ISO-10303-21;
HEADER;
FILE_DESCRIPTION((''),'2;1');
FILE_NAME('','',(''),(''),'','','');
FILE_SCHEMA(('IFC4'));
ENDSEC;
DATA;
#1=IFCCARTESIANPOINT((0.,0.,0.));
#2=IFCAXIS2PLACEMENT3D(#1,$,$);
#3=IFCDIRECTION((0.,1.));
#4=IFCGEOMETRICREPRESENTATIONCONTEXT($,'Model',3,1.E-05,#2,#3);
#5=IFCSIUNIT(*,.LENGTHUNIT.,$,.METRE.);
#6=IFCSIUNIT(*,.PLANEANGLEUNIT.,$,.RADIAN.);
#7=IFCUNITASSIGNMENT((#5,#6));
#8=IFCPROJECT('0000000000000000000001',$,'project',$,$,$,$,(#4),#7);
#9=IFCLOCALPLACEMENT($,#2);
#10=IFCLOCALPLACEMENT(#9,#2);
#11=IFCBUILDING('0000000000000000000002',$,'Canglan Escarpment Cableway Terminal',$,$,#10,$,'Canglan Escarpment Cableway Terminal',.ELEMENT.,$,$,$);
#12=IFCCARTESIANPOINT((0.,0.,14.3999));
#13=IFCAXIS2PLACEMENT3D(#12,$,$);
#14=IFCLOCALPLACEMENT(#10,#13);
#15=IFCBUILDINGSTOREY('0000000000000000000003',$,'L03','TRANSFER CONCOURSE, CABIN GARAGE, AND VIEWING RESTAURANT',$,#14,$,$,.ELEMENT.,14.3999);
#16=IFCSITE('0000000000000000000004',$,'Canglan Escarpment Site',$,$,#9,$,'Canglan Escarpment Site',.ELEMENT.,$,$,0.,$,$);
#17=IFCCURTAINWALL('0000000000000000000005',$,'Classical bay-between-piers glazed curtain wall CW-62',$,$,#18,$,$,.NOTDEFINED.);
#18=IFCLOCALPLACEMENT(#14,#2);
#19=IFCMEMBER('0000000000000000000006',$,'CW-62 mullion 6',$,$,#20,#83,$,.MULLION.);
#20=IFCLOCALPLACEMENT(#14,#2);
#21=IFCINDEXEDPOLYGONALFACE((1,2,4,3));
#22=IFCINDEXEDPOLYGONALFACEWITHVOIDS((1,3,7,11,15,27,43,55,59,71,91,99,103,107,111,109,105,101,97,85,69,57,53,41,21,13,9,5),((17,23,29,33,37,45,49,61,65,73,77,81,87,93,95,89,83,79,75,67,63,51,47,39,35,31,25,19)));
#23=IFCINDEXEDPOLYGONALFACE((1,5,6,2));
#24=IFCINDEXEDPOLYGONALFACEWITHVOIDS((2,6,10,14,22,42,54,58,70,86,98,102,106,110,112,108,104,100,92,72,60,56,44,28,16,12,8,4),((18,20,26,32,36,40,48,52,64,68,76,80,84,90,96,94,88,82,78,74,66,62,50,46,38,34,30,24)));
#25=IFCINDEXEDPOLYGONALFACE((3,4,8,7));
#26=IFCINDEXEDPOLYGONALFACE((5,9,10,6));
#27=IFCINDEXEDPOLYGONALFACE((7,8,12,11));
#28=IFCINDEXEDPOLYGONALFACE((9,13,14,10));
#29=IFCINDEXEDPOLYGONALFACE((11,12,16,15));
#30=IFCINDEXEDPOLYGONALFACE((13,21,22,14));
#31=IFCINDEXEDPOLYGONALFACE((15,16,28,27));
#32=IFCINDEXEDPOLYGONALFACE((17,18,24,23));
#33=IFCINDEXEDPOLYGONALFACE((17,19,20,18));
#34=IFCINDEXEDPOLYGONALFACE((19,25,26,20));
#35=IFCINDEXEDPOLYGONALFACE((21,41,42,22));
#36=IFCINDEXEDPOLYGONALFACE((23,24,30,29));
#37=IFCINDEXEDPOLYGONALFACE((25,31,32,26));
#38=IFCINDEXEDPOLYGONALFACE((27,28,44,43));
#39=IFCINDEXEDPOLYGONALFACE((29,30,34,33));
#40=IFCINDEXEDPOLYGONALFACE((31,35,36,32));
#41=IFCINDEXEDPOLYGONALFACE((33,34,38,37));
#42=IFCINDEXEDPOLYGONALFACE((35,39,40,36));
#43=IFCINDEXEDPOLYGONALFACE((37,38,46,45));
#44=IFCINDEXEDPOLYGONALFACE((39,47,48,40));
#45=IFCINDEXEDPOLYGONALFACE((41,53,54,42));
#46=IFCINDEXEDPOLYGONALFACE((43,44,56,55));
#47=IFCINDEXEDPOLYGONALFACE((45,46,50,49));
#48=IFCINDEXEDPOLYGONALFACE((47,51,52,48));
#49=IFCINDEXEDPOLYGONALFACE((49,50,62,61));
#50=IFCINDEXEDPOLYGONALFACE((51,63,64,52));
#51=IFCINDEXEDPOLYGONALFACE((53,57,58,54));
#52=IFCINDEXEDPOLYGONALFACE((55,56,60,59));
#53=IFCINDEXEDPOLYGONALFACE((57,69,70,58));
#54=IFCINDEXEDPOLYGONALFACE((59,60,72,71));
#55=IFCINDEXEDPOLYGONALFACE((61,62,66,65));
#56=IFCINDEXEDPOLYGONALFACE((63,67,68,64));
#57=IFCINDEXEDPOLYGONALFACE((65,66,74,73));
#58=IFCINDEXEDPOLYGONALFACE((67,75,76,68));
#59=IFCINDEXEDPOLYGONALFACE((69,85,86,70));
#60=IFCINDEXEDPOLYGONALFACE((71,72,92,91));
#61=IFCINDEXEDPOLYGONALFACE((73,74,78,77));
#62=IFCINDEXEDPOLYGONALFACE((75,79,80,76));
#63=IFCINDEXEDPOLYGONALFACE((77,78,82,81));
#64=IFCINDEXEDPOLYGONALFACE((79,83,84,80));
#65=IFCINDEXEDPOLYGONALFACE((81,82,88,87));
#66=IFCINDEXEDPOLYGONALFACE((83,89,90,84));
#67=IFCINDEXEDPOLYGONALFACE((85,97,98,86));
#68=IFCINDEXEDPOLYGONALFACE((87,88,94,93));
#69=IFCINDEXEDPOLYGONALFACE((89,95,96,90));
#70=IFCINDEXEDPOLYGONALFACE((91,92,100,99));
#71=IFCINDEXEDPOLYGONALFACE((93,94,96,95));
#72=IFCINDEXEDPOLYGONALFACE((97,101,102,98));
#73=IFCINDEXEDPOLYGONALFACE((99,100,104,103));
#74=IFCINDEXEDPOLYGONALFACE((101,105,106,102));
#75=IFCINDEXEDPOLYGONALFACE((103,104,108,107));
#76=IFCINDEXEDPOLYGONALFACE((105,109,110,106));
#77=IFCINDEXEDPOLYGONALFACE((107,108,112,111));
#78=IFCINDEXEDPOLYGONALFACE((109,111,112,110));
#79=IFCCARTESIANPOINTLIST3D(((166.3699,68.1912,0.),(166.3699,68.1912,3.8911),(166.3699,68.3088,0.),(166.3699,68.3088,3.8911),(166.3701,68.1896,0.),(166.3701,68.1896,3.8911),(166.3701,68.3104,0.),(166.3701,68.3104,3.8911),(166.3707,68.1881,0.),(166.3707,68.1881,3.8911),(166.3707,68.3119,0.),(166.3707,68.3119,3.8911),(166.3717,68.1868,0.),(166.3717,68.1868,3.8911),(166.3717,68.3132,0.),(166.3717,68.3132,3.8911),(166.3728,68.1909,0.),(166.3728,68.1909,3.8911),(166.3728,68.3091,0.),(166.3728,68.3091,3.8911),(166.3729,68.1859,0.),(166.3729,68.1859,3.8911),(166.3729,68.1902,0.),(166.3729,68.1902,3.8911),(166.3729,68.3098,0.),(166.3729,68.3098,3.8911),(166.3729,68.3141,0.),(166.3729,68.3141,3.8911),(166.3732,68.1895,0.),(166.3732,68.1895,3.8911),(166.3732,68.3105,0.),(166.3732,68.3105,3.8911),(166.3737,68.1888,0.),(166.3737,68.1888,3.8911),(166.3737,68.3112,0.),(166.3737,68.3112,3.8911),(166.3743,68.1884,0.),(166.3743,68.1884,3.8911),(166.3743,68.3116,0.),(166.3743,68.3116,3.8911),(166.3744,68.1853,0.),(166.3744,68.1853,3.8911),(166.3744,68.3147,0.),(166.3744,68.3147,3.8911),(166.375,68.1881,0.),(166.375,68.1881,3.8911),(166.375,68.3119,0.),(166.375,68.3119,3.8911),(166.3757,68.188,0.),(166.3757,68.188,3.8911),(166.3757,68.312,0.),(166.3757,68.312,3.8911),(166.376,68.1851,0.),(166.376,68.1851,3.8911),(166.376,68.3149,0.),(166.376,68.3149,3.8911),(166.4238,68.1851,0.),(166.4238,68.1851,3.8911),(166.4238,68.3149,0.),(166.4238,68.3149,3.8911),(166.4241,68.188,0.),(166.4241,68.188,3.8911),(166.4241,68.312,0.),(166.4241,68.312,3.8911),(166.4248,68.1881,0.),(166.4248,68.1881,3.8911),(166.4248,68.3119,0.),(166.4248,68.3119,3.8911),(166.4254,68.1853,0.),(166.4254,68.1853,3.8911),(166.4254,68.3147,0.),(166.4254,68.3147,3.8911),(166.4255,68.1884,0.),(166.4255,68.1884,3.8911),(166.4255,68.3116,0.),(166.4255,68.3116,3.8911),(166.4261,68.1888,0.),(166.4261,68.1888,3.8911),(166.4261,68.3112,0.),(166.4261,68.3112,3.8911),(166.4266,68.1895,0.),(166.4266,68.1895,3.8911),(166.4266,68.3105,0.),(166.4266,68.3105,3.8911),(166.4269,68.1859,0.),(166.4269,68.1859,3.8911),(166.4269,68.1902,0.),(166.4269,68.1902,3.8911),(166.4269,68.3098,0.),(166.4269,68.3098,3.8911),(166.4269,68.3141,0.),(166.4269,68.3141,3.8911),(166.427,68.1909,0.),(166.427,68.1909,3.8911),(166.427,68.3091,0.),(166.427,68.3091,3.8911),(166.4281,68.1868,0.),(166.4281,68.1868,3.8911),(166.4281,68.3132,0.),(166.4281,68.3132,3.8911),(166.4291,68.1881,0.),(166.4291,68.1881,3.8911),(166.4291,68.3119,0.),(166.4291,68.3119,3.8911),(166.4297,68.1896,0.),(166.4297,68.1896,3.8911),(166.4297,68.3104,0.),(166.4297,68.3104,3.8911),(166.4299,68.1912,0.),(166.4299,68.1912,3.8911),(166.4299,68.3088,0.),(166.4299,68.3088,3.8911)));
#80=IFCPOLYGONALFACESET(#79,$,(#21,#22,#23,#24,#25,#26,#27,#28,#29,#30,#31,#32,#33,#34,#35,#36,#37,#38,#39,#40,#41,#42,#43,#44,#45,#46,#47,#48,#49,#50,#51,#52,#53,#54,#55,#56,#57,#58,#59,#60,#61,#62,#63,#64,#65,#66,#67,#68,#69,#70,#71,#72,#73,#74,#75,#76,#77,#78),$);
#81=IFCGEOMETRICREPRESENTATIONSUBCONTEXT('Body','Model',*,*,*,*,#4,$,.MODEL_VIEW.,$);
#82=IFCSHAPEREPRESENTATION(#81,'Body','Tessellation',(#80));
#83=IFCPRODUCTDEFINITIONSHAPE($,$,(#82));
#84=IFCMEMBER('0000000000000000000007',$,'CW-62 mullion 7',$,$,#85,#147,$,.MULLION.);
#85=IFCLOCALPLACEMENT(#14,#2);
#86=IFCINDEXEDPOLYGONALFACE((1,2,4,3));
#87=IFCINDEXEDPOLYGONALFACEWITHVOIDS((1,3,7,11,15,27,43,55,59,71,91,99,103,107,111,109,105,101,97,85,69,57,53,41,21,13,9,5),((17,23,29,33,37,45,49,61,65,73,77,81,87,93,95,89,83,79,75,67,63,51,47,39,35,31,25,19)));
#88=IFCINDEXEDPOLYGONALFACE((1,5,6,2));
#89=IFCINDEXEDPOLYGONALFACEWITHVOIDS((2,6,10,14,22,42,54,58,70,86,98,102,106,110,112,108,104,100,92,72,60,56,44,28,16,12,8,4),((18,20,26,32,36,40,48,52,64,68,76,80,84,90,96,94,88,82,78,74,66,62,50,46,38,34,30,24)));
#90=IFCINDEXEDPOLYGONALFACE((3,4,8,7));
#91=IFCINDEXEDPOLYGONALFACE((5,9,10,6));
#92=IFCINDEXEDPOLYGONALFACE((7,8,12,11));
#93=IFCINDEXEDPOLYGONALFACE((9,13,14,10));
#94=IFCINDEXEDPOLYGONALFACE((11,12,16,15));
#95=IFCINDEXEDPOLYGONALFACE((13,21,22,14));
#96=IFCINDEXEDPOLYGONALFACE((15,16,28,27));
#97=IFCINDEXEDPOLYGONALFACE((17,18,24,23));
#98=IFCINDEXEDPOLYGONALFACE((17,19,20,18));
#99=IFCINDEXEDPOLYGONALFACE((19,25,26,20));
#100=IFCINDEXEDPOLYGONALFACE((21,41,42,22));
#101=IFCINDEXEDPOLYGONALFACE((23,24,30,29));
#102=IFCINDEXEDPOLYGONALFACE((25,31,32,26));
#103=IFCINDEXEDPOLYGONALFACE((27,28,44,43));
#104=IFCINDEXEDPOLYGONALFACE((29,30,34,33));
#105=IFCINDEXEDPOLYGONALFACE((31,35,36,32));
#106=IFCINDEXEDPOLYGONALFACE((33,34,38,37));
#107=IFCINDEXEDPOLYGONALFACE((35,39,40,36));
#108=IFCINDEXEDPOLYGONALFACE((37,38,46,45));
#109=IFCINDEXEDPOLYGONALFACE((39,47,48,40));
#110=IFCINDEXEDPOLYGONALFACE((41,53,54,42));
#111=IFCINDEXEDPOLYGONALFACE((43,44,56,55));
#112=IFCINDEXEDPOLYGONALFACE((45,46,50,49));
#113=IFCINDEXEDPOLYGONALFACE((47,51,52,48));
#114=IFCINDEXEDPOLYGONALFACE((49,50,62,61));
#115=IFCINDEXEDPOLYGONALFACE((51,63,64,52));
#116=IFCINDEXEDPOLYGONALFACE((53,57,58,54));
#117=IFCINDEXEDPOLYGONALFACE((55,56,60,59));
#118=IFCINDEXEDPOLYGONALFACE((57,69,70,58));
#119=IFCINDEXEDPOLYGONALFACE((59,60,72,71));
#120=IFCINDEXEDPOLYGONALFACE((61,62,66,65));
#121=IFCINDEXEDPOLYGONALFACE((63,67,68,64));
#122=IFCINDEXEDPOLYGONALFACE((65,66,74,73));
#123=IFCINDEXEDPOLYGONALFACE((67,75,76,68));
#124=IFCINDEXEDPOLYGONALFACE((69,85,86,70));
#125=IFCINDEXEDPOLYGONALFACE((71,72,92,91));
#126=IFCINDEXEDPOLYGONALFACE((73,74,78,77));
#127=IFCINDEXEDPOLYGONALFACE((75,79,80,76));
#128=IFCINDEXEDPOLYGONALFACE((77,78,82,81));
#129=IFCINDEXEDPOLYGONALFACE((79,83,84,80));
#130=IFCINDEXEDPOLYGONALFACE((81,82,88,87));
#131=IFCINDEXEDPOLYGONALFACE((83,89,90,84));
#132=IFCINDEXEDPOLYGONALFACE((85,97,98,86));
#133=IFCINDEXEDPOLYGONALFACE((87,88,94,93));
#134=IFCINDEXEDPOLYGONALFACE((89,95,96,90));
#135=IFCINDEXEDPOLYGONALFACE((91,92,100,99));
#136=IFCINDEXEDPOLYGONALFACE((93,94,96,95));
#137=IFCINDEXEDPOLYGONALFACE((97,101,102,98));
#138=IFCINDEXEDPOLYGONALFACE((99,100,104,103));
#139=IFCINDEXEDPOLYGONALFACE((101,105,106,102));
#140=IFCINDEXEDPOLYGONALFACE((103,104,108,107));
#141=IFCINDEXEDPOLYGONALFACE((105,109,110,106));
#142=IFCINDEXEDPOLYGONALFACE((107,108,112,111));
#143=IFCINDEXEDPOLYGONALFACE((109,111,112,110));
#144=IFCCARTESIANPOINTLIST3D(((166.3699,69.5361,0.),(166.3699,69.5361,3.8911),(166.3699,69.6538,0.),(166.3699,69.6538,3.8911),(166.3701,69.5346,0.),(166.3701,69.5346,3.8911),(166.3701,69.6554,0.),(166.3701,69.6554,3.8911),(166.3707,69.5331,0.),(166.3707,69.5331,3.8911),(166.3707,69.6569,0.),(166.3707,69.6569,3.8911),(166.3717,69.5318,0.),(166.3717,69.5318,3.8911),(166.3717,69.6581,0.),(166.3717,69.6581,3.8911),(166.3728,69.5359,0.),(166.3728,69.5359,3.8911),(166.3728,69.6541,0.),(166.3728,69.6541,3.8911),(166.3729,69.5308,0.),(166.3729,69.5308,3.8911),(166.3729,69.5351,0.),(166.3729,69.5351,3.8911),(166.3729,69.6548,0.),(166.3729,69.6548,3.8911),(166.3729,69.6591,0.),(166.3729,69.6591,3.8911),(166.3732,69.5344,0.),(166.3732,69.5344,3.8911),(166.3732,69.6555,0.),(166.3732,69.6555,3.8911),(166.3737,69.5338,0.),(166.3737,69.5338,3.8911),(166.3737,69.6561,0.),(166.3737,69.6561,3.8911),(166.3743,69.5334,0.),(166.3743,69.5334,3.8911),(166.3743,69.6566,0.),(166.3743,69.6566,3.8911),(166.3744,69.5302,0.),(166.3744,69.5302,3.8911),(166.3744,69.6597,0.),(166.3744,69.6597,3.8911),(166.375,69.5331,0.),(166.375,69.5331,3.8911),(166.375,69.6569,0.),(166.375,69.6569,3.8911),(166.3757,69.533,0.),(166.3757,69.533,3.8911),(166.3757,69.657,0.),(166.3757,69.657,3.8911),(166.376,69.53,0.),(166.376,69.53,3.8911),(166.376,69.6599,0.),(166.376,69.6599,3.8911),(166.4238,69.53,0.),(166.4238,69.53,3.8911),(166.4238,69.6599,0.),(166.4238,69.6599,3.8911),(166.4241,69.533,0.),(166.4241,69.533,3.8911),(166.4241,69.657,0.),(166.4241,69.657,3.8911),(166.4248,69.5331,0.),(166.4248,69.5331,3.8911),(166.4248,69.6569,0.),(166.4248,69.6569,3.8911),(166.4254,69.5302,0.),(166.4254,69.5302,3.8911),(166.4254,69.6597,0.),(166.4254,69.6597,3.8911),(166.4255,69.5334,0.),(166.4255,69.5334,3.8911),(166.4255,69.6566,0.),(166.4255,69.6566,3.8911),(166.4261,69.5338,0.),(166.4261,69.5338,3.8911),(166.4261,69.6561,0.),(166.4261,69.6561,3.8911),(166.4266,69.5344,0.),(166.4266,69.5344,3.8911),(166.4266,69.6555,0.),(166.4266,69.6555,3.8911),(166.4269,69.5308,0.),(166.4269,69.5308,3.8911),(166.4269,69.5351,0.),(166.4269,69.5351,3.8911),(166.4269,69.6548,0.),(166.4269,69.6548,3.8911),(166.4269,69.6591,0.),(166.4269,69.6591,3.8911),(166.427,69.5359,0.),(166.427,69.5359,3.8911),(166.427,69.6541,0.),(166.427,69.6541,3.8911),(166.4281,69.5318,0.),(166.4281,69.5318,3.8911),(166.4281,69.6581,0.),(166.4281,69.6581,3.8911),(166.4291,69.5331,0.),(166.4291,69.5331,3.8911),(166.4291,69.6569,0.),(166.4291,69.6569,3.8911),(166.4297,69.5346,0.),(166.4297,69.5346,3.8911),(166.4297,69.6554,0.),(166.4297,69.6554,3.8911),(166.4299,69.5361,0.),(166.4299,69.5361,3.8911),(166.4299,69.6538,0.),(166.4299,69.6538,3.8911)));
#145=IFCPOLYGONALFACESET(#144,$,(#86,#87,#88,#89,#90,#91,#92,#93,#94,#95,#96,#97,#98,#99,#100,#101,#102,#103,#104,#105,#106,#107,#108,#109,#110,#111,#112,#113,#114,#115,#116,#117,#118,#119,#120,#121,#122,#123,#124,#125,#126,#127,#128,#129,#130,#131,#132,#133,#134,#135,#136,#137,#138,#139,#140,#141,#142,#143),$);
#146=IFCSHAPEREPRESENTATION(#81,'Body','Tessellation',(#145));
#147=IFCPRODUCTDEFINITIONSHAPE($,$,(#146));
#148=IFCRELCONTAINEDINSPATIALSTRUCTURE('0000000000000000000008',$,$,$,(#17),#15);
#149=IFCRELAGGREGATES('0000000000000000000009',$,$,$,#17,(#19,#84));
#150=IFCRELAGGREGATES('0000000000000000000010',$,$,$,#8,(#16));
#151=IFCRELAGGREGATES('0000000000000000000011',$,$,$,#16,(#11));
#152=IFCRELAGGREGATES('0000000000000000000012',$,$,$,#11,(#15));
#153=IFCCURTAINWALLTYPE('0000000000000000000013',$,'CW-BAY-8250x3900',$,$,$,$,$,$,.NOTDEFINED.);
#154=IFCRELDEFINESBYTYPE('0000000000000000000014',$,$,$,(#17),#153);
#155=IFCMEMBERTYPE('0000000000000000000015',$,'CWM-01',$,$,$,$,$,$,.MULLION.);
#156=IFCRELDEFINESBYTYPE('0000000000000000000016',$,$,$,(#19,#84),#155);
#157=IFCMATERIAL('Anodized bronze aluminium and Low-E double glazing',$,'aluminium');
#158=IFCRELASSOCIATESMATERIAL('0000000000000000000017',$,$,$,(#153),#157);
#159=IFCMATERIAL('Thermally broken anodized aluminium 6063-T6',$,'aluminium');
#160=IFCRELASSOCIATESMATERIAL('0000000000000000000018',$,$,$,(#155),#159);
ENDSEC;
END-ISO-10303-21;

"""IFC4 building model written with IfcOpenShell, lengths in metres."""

from ifc_helpers import new_model, si_unit, direction, frame, origin, origin_2d, place, context, subcontext, project, spatial, hollow_rectangle, extrude, material, material_profile, profile_set, type_object, element, aggregate, save


model = new_model("IFC4")

# Units and contexts
model_context = context("Model", 3, precision=1e-05, world=origin(), true_north=direction((0.0, 1.0)))
body_context = subcontext(model_context, "Body", "Model", "MODEL_VIEW")
ifc_project = project(units=[si_unit("LENGTHUNIT", "METRE"), si_unit("PLANEANGLEUNIT", "RADIAN")], contexts=[model_context])

# Site, building, storey
site_placement = place(None, origin())
site = spatial("IfcSite", under=ifc_project, at=site_placement, Name="Canglan Escarpment Site", LongName="Canglan Escarpment Site", CompositionType="ELEMENT", RefElevation=0.0)
building_placement = place(site_placement, origin())
building = spatial("IfcBuilding", under=site, at=building_placement, Name="Canglan Escarpment Cableway Terminal", LongName="Canglan Escarpment Cableway Terminal", CompositionType="ELEMENT")
storey_placement = place(building_placement, frame((0.0, 0.0, 14.3999)))
storey = spatial("IfcBuildingStorey", under=building, at=storey_placement, Name="L03", Description="TRANSFER CONCOURSE, CABIN GARAGE, AND VIEWING RESTAURANT", CompositionType="ELEMENT", Elevation=14.3999)

# Curtain wall, members
ifc_material_1 = material(Name="Anodized bronze aluminium and Low-E double glazing", Category="aluminium")
curtain_wall_type = type_object("IfcCurtainWallType", Name="CW-BAY-8250x3900", PredefinedType="NOTDEFINED", material=ifc_material_1)
curtain_wall_placement = place(storey_placement, origin())
curtain_wall = element("IfcCurtainWall", 1, at=curtain_wall_placement, inside=storey, type_object=curtain_wall_type, Name="Classical bay-between-piers glazed curtain wall CW-62", PredefinedType="NOTDEFINED")
ifc_material_2 = material(Name="Thermally broken anodized aluminium 6063-T6", Category="aluminium")
ifc_material_profile_1 = material_profile(ifc_material_2, hollow_rectangle(XDim=0.0601, YDim=0.1299, WallThickness=0.0029, InnerFilletRadius=0.0029, OuterFilletRadius=0.0061, at=origin_2d()), Name="ALU-MULL 60x130x3")
ifc_profile_set_1 = profile_set([ifc_material_profile_1], Name="Thermally broken anodized aluminium 6063-T6")
member_type_1 = type_object("IfcMemberType", Name="CWM-01", PredefinedType="MULLION", material=ifc_profile_set_1)
member_1_placement = place(storey_placement, frame((166.3999, 68.25, 0.0), z_axis=(0.0, 0.0, 1.0), x_axis=(-1.0, 0.0, 0.0)))
member_1 = element("IfcMember", 2, at=member_1_placement, type_object=member_type_1, Name="CW-62 mullion 6", PredefinedType="MULLION", context=body_context, shape_type="SweptSolid", body=[
    extrude(hollow_rectangle(XDim=0.0601, YDim=0.1299, WallThickness=0.0029, InnerFilletRadius=0.0029, OuterFilletRadius=0.0061, at=origin_2d()), origin(), (0.0, 0.0, 1.0), 3.8911),
])
member_2_placement = place(storey_placement, frame((166.3999, 69.595, 0.0), z_axis=(0.0, 0.0, 1.0), x_axis=(-1.0, 0.0, 0.0)))
member_2 = element("IfcMember", 3, at=member_2_placement, type_object=member_type_1, Name="CW-62 mullion 7", PredefinedType="MULLION", context=body_context, shape_type="SweptSolid", body=[
    extrude(hollow_rectangle(XDim=0.0601, YDim=0.1299, WallThickness=0.0029, InnerFilletRadius=0.0029, OuterFilletRadius=0.0061, at=origin_2d()), origin(), (0.0, 0.0, 1.0), 3.8911),
])
aggregate(curtain_wall, [member_1, member_2])

save(model, "model.ifc")
